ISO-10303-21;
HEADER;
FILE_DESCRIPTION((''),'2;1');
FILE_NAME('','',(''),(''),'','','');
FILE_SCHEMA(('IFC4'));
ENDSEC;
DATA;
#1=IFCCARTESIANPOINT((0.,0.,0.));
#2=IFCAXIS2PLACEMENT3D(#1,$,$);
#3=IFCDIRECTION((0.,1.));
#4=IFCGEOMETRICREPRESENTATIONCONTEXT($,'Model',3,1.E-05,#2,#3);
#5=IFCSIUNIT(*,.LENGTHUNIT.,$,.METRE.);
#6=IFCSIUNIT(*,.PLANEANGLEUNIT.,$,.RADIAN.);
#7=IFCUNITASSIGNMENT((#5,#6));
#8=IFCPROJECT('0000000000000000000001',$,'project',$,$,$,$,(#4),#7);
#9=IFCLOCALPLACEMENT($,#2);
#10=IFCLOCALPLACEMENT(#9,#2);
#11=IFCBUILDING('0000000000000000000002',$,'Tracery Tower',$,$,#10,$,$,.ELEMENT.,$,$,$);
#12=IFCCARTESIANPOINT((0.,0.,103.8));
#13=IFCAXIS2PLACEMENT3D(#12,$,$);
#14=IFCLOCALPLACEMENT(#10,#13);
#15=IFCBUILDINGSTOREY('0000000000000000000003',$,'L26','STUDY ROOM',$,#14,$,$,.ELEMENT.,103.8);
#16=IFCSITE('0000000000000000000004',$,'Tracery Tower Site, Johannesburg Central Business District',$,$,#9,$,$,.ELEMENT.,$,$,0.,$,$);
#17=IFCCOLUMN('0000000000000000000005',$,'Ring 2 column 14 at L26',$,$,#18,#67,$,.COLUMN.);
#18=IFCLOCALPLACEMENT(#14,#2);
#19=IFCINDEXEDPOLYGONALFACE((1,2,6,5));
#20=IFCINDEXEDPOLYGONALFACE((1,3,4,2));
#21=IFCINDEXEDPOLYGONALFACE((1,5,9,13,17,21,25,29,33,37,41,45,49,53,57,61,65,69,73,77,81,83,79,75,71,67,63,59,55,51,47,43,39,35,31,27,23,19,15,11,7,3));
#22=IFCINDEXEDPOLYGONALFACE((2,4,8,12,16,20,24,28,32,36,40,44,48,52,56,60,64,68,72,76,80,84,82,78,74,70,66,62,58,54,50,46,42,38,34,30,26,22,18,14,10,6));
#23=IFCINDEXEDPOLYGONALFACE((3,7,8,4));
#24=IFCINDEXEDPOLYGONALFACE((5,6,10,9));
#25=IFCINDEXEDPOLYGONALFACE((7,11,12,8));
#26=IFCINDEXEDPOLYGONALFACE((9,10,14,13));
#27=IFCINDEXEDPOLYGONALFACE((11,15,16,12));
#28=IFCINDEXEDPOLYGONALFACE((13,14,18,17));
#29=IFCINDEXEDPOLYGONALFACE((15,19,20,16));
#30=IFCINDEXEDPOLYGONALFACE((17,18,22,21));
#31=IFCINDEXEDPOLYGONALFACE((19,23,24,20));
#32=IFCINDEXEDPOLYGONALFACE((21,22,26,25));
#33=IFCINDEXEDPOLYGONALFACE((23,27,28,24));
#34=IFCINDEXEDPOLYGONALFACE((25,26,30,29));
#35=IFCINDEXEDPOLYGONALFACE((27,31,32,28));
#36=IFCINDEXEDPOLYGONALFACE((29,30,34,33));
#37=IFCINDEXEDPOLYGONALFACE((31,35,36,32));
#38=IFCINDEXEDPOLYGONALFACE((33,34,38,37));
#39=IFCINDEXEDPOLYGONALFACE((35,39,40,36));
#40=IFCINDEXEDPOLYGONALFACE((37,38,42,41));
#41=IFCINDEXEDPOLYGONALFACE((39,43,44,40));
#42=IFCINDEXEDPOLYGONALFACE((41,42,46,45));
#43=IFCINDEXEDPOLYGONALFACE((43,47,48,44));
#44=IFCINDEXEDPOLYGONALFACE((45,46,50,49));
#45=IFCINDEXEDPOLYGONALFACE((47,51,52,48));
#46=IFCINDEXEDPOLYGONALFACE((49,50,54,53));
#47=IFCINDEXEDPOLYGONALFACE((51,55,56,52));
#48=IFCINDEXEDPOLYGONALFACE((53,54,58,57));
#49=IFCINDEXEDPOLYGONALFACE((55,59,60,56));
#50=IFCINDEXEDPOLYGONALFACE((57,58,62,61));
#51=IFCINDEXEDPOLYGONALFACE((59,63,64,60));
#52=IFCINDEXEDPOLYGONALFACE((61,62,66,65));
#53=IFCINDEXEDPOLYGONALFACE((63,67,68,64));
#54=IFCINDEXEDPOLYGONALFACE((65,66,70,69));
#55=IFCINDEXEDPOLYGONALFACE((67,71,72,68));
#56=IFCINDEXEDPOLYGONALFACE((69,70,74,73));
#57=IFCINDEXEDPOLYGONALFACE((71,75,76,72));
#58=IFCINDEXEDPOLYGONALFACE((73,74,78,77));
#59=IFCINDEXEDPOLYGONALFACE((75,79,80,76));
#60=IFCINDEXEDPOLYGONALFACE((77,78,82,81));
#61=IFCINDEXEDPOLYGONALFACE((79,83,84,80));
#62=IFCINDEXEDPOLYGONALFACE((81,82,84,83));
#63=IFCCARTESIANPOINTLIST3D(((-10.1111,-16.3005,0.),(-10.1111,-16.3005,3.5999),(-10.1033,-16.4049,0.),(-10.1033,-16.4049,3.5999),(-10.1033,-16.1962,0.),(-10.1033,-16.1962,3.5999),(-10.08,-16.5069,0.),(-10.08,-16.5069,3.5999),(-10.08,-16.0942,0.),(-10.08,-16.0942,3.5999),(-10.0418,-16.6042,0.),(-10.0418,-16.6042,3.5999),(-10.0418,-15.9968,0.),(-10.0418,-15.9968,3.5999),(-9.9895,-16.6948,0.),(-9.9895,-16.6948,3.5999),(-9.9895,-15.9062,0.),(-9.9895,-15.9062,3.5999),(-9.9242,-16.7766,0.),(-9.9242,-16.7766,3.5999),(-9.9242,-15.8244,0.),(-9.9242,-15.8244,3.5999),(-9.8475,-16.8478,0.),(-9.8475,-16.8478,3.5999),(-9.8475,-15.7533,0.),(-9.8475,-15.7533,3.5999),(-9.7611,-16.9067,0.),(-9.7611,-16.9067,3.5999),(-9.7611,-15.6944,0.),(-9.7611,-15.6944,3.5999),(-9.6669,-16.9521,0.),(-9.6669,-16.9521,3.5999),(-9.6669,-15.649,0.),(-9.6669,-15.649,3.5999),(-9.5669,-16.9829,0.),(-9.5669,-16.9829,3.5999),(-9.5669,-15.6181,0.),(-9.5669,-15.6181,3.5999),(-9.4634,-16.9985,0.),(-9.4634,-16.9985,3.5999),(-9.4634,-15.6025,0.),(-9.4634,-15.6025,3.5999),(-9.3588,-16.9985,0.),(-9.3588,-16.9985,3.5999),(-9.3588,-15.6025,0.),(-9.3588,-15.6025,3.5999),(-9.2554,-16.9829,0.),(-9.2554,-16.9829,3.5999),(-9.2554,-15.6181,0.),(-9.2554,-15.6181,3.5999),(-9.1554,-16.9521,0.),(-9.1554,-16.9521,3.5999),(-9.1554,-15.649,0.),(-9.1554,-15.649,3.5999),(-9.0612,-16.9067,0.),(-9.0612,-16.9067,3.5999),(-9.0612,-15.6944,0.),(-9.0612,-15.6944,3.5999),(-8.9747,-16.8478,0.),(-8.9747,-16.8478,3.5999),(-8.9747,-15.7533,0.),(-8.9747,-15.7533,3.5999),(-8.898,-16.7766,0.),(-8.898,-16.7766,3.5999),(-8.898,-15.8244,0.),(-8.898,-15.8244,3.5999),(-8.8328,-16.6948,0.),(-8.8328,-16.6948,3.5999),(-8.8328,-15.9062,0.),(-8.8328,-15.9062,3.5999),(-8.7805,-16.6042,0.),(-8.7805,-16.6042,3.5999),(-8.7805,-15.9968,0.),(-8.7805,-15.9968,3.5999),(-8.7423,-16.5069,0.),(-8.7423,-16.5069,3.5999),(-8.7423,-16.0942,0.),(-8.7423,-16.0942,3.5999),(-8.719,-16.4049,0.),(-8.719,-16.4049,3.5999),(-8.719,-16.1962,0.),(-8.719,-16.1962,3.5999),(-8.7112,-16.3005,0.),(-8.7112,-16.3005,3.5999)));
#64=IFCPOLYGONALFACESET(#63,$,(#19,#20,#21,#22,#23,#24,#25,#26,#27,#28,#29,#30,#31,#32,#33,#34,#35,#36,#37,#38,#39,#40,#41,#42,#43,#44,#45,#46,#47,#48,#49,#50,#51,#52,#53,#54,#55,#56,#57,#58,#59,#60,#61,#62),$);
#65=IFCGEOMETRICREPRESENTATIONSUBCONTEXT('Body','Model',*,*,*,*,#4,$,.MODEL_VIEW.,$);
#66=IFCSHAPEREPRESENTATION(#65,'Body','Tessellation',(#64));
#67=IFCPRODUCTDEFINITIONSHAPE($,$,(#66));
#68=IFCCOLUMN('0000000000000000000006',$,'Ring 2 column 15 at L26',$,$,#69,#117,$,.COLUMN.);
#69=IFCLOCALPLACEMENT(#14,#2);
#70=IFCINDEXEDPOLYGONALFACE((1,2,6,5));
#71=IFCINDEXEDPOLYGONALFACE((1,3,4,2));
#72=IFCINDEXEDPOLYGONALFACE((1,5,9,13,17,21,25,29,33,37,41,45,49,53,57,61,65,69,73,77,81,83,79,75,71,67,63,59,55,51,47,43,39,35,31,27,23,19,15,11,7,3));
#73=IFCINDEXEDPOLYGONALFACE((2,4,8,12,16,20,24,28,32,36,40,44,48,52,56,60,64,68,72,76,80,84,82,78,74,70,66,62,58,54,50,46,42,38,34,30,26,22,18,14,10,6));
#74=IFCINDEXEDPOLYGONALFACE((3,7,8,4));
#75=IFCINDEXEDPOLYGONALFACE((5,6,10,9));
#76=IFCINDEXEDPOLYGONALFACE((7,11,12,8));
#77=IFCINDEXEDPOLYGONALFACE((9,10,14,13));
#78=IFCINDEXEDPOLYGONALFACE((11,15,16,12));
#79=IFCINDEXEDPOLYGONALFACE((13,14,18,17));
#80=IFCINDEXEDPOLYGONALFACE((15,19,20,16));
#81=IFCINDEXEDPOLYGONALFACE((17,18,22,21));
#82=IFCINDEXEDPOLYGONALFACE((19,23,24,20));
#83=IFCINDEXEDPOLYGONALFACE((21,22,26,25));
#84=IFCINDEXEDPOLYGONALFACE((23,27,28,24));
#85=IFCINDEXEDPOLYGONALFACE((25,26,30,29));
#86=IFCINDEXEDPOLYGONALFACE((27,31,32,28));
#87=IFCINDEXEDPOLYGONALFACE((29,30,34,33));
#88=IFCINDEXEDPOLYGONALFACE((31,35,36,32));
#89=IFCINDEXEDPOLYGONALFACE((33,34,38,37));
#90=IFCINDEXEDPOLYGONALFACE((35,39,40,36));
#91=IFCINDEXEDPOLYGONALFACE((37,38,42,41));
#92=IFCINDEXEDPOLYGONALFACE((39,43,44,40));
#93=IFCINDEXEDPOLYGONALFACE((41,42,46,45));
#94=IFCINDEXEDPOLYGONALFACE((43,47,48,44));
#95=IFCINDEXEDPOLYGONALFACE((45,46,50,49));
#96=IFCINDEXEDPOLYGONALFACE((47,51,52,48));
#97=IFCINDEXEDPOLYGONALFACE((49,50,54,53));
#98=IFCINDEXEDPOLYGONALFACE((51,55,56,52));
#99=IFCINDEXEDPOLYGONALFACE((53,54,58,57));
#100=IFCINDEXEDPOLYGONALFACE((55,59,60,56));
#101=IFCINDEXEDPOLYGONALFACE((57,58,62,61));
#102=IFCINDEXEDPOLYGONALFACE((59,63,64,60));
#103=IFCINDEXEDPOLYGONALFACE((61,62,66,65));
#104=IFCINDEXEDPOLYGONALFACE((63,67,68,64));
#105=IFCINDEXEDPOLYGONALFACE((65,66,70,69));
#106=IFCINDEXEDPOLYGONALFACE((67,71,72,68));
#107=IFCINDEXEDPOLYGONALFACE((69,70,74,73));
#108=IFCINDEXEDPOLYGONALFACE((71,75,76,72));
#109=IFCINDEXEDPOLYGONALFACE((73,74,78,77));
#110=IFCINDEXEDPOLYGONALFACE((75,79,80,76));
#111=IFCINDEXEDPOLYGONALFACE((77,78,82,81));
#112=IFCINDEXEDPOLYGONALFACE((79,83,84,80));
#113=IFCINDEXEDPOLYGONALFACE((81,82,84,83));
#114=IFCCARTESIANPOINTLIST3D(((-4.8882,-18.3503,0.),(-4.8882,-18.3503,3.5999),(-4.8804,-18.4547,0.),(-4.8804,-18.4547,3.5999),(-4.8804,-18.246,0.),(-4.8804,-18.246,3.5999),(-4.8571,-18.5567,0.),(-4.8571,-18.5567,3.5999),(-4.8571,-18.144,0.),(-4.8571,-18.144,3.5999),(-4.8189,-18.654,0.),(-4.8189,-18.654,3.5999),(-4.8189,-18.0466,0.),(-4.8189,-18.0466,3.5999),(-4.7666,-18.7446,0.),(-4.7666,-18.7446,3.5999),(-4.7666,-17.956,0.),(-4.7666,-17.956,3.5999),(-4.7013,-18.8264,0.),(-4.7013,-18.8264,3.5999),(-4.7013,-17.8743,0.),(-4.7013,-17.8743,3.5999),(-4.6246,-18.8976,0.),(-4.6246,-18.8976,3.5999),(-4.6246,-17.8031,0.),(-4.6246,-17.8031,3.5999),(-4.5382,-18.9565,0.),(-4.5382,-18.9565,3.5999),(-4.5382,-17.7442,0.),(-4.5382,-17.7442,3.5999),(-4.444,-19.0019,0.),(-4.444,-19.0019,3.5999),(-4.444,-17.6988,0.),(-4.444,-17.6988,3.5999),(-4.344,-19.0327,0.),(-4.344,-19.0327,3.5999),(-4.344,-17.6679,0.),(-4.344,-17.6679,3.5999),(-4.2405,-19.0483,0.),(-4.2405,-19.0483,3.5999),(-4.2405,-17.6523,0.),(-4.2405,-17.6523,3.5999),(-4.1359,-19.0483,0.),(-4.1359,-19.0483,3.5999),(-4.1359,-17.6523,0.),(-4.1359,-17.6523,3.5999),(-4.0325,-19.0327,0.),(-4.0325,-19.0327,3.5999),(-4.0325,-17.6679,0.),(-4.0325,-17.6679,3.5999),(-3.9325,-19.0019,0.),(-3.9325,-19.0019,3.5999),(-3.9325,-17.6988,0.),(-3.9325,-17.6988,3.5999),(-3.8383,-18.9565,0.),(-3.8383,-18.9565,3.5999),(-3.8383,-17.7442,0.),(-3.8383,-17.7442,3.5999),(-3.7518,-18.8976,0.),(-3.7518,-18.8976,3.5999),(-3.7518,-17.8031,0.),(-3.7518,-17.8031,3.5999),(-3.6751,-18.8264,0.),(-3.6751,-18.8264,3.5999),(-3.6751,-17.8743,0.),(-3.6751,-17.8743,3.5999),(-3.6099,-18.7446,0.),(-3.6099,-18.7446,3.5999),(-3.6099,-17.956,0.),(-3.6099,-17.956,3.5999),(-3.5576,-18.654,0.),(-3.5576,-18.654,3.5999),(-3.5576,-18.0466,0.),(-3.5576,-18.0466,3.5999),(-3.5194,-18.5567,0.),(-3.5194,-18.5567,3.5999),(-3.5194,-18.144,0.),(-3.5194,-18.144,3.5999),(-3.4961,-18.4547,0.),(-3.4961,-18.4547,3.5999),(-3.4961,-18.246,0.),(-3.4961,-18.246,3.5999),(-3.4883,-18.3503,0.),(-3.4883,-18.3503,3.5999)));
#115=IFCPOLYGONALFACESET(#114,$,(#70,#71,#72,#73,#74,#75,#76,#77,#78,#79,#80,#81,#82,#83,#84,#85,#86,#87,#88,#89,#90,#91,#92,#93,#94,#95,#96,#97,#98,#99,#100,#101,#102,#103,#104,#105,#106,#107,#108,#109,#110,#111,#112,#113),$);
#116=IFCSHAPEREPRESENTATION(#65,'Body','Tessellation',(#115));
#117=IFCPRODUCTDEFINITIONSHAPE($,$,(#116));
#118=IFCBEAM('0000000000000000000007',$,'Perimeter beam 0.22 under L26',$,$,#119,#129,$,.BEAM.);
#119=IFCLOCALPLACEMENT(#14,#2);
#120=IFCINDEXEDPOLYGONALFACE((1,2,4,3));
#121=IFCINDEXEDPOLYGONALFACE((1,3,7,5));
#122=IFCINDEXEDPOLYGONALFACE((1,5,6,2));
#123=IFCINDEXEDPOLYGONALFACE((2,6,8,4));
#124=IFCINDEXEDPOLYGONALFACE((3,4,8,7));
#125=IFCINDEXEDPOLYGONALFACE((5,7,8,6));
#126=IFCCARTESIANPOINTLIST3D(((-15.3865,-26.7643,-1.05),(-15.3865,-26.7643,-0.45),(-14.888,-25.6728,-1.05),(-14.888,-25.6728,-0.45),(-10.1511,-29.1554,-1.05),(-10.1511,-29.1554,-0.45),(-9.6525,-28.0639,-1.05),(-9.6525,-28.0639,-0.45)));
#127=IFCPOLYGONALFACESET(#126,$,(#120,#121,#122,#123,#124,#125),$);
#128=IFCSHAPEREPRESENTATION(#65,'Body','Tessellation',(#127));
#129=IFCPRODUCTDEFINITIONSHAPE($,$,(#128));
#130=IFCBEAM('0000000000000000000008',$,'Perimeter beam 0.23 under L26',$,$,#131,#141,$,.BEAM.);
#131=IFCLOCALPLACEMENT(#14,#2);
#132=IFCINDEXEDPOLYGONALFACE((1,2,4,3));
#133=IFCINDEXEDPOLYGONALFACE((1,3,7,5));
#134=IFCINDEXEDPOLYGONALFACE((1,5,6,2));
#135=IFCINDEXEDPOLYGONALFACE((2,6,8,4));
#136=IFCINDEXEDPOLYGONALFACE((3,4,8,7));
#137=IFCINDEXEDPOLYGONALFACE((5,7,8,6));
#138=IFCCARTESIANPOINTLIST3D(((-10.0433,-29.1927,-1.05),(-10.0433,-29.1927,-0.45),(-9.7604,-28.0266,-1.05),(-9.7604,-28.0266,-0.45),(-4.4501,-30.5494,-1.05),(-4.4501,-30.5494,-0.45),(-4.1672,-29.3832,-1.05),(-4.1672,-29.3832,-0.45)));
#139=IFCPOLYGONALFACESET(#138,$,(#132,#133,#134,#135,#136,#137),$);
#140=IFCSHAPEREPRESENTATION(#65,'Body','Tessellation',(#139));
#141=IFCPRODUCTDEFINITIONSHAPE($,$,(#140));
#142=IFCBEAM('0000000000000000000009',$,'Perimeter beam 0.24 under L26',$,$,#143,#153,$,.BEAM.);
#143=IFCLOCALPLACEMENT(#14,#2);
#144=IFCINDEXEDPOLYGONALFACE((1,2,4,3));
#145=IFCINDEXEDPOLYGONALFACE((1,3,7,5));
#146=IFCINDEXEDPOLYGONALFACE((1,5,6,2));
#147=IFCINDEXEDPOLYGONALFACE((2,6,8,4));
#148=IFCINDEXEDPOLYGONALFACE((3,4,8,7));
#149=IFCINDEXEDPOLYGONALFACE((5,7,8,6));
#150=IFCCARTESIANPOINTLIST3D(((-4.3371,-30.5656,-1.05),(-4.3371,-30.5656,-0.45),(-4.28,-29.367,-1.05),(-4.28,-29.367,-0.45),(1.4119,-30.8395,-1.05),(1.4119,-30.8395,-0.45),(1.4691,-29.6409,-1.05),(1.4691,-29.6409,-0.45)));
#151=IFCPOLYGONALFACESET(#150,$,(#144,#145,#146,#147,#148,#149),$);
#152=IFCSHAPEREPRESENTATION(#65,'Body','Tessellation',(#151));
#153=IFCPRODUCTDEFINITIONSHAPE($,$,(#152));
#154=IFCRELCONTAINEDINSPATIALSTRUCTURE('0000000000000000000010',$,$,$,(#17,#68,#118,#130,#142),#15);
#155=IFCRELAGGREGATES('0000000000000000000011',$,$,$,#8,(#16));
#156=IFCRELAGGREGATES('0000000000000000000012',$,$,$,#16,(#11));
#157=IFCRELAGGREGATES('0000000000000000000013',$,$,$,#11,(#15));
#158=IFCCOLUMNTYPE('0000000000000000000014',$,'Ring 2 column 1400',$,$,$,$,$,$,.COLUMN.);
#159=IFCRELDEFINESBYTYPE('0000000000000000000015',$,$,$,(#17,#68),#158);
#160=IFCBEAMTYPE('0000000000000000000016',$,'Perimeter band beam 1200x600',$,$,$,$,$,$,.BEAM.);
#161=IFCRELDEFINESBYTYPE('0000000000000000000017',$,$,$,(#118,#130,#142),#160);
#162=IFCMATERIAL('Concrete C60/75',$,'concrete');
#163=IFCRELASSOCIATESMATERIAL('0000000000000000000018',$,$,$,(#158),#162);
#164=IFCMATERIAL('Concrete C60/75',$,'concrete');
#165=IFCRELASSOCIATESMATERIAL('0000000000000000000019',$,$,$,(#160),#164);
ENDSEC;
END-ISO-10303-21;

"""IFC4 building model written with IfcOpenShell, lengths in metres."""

from ifc_helpers import new_model, si_unit, direction, frame, origin, origin_2d, place, context, subcontext, project, spatial, rectangle, circle, extrude, material, material_profile, profile_set, type_object, element, save


model = new_model("IFC4")

# Units and contexts
model_context = context("Model", 3, precision=1e-05, world=origin(), true_north=direction((0.0, 1.0)))
body_context = subcontext(model_context, "Body", "Model", "MODEL_VIEW")
ifc_project = project(units=[si_unit("LENGTHUNIT", "METRE"), si_unit("PLANEANGLEUNIT", "RADIAN")], contexts=[model_context])

# Site, building, storey
site_placement = place(None, origin())
site = spatial("IfcSite", under=ifc_project, at=site_placement, Name="Tracery Tower Site, Johannesburg Central Business District", CompositionType="ELEMENT", RefElevation=0.0)
building_placement = place(site_placement, origin())
building = spatial("IfcBuilding", under=site, at=building_placement, Name="Tracery Tower", CompositionType="ELEMENT")
storey_placement = place(building_placement, frame((0.0, 0.0, 103.8)))
storey = spatial("IfcBuildingStorey", under=building, at=storey_placement, Name="L26", Description="STUDY ROOM", CompositionType="ELEMENT", Elevation=103.8)

# Columns
ifc_material_1 = material(Name="Concrete C60/75", Category="concrete")
ifc_material_profile_1 = material_profile(ifc_material_1, circle(Radius=0.7, at=origin_2d()), Name="RC D1400")
ifc_profile_set_1 = profile_set([ifc_material_profile_1], Name="Concrete C60/75")
column_type_1 = type_object("IfcColumnType", Name="Ring 2 column 1400", PredefinedType="COLUMN", material=ifc_profile_set_1)
for number, where, z_axis, x_axis, name in (
    (1, (-9.4111, -16.3005, 0.0), (0.0, 0.0, 1.0), (1.0, 0.0, 0.0), "Ring 2 column 14 at L26"),
    (2, (-4.1882, -18.3503, 0.0), (0.0, 0.0, 1.0), (1.0, 0.0, 0.0), "Ring 2 column 15 at L26"),
):
    element("IfcColumn", number, at=place(storey_placement, frame(where, z_axis=z_axis, x_axis=x_axis)), inside=storey, type_object=column_type_1, Name=name, PredefinedType="COLUMN", context=body_context, shape_type="SweptSolid", body=[
        extrude(circle(Radius=0.7, at=origin_2d()), origin(), (0.0, 0.0, 1.0), 3.5999),
    ])

# Beams
ifc_material_2 = material(Name="Concrete C60/75", Category="concrete")
ifc_material_profile_2 = material_profile(ifc_material_2, rectangle(XDim=1.2, YDim=0.6001, at=origin_2d()), Name="RC 1200x600")
ifc_profile_set_2 = profile_set([ifc_material_profile_2], Name="Concrete C60/75")
beam_type = type_object("IfcBeamType", Name="Perimeter band beam 1200x600", PredefinedType="BEAM", material=ifc_profile_set_2)
beam_1_placement = place(storey_placement, frame((-15.1372, -26.2185, -0.75), z_axis=(0.909618, -0.415445, 0.0), x_axis=(0.415445, 0.909618, 0.0)))
element("IfcBeam", 3, at=beam_1_placement, inside=storey, type_object=beam_type, Name="Perimeter beam 0.22 under L26", PredefinedType="BEAM", context=body_context, shape_type="SweptSolid", body=[
    extrude(rectangle(XDim=1.2, YDim=0.6001, at=origin_2d()), origin(), (0.0, 0.0, 1.0), 5.7556),
])
beam_2_placement = place(storey_placement, frame((-9.9019, -28.6096, -0.75), z_axis=(0.97182, -0.235723, 0.0), x_axis=(0.235723, 0.97182, 0.0)))
element("IfcBeam", 4, at=beam_2_placement, inside=storey, type_object=beam_type, Name="Perimeter beam 0.23 under L26", PredefinedType="BEAM", context=body_context, shape_type="SweptSolid", body=[
    extrude(rectangle(XDim=1.2, YDim=0.6001, at=origin_2d()), origin(), (0.0, 0.0, 1.0), 5.7554),
])
beam_3_placement = place(storey_placement, frame((-4.3086, -29.9663, -0.75), z_axis=(0.998867, -0.047593, 0.0), x_axis=(0.047593, 0.998867, 0.0)))
element("IfcBeam", 5, at=beam_3_placement, inside=storey, type_object=beam_type, Name="Perimeter beam 0.24 under L26", PredefinedType="BEAM", context=body_context, shape_type="SweptSolid", body=[
    extrude(rectangle(XDim=1.2, YDim=0.6001, at=origin_2d()), origin(), (0.0, 0.0, 1.0), 5.7556),
])

save(model, "model.ifc")
